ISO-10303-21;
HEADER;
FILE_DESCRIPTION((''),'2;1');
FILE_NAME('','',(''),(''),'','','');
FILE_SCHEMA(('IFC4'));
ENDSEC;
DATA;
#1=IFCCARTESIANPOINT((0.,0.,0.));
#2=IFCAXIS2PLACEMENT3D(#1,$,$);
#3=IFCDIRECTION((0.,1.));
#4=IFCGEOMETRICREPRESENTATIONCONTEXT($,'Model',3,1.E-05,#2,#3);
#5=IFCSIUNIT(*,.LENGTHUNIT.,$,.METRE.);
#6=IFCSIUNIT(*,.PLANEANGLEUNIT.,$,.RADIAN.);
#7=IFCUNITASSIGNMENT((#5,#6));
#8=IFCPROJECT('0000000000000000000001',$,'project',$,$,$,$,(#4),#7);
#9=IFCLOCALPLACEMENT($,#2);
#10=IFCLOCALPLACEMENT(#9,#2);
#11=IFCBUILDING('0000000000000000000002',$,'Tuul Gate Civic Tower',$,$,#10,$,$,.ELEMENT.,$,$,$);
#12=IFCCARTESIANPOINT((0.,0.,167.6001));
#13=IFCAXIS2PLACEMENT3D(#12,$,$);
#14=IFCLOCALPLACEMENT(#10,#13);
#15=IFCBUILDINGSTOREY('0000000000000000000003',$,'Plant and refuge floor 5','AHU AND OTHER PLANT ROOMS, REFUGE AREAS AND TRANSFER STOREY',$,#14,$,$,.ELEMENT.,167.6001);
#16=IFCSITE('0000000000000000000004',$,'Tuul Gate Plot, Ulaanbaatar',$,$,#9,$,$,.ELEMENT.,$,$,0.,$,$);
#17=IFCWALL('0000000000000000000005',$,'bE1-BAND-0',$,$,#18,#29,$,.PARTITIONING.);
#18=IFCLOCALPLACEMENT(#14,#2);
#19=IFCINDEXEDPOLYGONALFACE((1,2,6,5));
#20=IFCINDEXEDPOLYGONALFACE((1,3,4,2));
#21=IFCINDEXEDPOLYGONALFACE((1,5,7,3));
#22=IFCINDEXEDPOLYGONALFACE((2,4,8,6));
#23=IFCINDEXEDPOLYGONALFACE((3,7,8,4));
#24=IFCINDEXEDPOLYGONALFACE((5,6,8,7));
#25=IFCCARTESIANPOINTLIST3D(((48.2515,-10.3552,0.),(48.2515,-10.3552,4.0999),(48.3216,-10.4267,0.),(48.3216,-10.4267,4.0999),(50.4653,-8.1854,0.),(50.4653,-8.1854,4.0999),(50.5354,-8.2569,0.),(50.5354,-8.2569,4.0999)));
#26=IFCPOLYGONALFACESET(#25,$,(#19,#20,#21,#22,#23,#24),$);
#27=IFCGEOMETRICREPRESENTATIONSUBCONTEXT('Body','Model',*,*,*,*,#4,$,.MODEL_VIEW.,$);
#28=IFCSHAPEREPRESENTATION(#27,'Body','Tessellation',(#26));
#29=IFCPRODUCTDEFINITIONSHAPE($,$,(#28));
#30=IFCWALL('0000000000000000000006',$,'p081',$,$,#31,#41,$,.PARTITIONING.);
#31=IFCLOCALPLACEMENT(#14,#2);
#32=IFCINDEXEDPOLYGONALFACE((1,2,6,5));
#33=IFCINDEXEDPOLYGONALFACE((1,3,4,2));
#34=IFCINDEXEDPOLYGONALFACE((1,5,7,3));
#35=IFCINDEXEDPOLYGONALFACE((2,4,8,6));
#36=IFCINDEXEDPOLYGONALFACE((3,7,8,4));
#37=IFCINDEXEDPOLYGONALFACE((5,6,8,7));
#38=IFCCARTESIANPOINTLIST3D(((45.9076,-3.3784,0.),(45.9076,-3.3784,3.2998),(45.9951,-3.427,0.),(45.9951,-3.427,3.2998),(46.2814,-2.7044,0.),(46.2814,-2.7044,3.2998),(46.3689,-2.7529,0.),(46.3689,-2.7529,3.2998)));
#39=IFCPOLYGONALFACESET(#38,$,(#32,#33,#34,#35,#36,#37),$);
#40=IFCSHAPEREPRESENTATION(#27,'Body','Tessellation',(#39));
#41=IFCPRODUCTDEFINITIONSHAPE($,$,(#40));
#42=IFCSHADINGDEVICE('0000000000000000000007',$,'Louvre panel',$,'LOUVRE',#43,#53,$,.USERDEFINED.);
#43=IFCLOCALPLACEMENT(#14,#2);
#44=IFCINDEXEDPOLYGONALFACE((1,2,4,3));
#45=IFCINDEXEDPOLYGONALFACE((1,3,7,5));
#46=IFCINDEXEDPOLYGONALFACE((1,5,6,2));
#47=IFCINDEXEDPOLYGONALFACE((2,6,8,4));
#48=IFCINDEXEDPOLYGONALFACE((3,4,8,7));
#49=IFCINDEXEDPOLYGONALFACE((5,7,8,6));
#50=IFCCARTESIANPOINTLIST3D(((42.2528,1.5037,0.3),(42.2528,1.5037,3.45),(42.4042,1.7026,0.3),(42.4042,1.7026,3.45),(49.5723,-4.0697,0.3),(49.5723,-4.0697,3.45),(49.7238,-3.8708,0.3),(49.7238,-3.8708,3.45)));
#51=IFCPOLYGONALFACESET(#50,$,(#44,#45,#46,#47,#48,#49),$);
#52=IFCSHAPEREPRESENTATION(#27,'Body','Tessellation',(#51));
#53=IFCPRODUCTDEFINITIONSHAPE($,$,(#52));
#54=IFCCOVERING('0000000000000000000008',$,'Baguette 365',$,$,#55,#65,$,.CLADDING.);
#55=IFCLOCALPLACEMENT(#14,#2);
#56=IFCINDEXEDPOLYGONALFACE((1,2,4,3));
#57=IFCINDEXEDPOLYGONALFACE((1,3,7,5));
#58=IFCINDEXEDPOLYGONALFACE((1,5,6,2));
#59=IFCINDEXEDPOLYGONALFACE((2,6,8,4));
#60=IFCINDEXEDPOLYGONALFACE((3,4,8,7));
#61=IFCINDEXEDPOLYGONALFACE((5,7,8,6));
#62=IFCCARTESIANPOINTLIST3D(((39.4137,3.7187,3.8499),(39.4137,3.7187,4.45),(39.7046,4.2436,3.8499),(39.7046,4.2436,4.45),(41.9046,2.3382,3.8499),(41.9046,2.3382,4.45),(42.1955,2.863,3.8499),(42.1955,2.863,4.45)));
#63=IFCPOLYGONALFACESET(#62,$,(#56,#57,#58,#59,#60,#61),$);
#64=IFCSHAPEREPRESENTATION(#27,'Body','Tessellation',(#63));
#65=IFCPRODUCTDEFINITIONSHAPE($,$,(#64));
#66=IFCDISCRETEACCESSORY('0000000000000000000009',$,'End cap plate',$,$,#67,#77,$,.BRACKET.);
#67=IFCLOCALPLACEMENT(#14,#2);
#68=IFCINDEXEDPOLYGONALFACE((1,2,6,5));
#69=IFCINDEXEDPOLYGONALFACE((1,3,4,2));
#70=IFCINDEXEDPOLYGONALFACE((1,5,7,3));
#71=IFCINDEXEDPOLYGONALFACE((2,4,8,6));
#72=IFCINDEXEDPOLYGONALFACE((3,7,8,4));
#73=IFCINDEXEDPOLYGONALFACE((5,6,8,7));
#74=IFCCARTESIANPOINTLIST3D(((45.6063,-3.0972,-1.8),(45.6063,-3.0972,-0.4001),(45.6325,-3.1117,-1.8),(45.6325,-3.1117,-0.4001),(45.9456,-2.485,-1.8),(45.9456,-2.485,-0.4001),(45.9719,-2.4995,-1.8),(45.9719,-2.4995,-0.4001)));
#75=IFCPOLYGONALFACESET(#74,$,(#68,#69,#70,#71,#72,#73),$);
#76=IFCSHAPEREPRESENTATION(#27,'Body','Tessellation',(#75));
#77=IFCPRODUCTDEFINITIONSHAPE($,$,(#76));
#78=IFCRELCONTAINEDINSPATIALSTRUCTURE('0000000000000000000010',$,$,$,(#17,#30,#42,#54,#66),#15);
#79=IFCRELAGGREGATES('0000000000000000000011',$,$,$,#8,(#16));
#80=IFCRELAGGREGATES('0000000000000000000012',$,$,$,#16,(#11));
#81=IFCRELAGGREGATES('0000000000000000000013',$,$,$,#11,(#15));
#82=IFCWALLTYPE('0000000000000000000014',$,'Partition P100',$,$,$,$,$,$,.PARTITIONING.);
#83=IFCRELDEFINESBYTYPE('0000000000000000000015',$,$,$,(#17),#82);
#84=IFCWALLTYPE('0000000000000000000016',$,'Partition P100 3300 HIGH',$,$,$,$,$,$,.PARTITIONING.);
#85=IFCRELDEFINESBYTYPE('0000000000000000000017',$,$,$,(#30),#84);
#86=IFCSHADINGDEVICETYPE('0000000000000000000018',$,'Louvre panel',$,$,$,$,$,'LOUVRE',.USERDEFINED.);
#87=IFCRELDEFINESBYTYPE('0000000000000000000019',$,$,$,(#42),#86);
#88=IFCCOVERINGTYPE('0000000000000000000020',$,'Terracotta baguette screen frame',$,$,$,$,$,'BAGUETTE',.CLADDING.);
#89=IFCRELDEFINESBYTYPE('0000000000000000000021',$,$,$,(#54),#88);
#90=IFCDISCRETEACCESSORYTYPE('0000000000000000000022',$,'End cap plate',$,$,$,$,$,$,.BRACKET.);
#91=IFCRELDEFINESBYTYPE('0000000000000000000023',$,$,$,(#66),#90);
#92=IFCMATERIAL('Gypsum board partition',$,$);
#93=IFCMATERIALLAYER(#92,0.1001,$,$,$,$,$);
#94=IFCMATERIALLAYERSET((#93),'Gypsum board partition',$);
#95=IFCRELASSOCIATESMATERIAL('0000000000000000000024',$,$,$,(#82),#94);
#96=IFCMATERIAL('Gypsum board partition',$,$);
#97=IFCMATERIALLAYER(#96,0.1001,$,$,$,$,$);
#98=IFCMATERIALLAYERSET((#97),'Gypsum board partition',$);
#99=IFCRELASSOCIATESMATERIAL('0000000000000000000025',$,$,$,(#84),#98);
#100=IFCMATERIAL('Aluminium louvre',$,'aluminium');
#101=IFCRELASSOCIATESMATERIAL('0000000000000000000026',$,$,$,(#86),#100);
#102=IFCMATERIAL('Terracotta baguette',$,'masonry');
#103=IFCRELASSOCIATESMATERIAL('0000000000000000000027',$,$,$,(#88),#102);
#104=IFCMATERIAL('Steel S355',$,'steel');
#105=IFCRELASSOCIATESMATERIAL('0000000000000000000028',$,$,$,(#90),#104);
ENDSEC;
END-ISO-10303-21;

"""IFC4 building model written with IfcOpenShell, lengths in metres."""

from ifc_helpers import new_model, si_unit, direction, frame, frame_2d, origin, origin_2d, place, context, subcontext, project, spatial, rectangle, extrude, material, layer, layer_set, material_profile, profile_set, type_object, element, save


model = new_model("IFC4")

# Units and contexts
model_context = context("Model", 3, precision=1e-05, world=origin(), true_north=direction((0.0, 1.0)))
body_context = subcontext(model_context, "Body", "Model", "MODEL_VIEW")
ifc_project = project(units=[si_unit("LENGTHUNIT", "METRE"), si_unit("PLANEANGLEUNIT", "RADIAN")], contexts=[model_context])

# Site, building, storey
site_placement = place(None, origin())
site = spatial("IfcSite", under=ifc_project, at=site_placement, Name="Tuul Gate Plot, Ulaanbaatar", CompositionType="ELEMENT", RefElevation=0.0)
building_placement = place(site_placement, origin())
building = spatial("IfcBuilding", under=site, at=building_placement, Name="Tuul Gate Civic Tower", CompositionType="ELEMENT")
storey_placement = place(building_placement, frame((0.0, 0.0, 167.6001)))
storey = spatial("IfcBuildingStorey", under=building, at=storey_placement, Name="Plant and refuge floor 5", Description="AHU AND OTHER PLANT ROOMS, REFUGE AREAS AND TRANSFER STOREY", CompositionType="ELEMENT", Elevation=167.6001)

# Walls
ifc_material_1 = material(Name="Gypsum board partition")
ifc_layer_1 = layer(ifc_material_1, 0.1001)
ifc_layer_set_1 = layer_set([ifc_layer_1], Name="Gypsum board partition")
wall_type_1 = type_object("IfcWallType", Name="Partition P100", PredefinedType="PARTITIONING", material=ifc_layer_set_1)
wall_1_placement = place(storey_placement, frame((48.2866, -10.3909, 0.0), z_axis=(0.0, 0.0, 1.0), x_axis=(0.714159, 0.699983, 0.0)))
element("IfcWall", 1, at=wall_1_placement, inside=storey, type_object=wall_type_1, Name="bE1-BAND-0", PredefinedType="PARTITIONING", context=body_context, shape_type="SweptSolid", body=[
    extrude(rectangle(XDim=3.0999, YDim=0.1001, at=frame_2d((1.5498, 0.0))), origin(), (0.0, 0.0, 1.0), 4.0999),
])
ifc_material_2 = material(Name="Gypsum board partition")
ifc_layer_2 = layer(ifc_material_2, 0.1001)
ifc_layer_set_2 = layer_set([ifc_layer_2], Name="Gypsum board partition")
wall_type_2 = type_object("IfcWallType", Name="Partition P100 3300 HIGH", PredefinedType="PARTITIONING", material=ifc_layer_set_2)
wall_2_placement = place(storey_placement, frame((45.9514, -3.4026, 0.0), z_axis=(0.0, 0.0, 1.0), x_axis=(0.484944, 0.874545, 0.0)))
element("IfcWall", 2, at=wall_2_placement, inside=storey, type_object=wall_type_2, Name="p081", PredefinedType="PARTITIONING", context=body_context, shape_type="SweptSolid", body=[
    extrude(rectangle(XDim=0.7708, YDim=0.1001, at=frame_2d((0.3853, 0.0))), origin(), (0.0, 0.0, 1.0), 3.2998),
])

# Shading device
ifc_material_3 = material(Name="Aluminium louvre", Category="aluminium")
shading_device_type = type_object("IfcShadingDeviceType", Name="Louvre panel", ElementType="LOUVRE", PredefinedType="USERDEFINED", material=ifc_material_3)
shading_device_placement = place(storey_placement, frame((45.9883, -1.1836, 0.3), z_axis=(0.0, 0.0, 1.0), x_axis=(0.605808, 0.795611, 0.0)))
element("IfcShadingDevice", 3, at=shading_device_placement, inside=storey, type_object=shading_device_type, Name="Louvre panel", ObjectType="LOUVRE", PredefinedType="USERDEFINED", context=body_context, shape_type="SweptSolid", body=[
    extrude(rectangle(XDim=0.25, YDim=9.2, at=origin_2d()), origin(), (0.0, 0.0, 1.0), 3.1499),
])

# Covering
ifc_material_4 = material(Name="Terracotta baguette", Category="masonry")
ifc_material_profile_1 = material_profile(ifc_material_4, rectangle(XDim=0.6001, YDim=0.6001, at=origin_2d()), Name="Terracotta baguette screen frame")
ifc_profile_set_1 = profile_set([ifc_material_profile_1], Name="Terracotta baguette")
covering_type = type_object("IfcCoveringType", Name="Terracotta baguette screen frame", ElementType="BAGUETTE", PredefinedType="CLADDING", material=ifc_profile_set_1)
covering_placement = place(storey_placement, frame((42.05, 2.6006, 4.1499), z_axis=(-0.874642, 0.484769, 0.0), x_axis=(-0.484769, -0.874642, 0.0)))
element("IfcCovering", 4, at=covering_placement, inside=storey, type_object=covering_type, Name="Baguette 365", PredefinedType="CLADDING", context=body_context, shape_type="SweptSolid", body=[
    extrude(rectangle(XDim=0.6001, YDim=0.6001, at=origin_2d()), origin(), (0.0, 0.0, 1.0), 2.8479),
])

# Discrete accessory
ifc_material_5 = material(Name="Steel S355", Category="steel")
discrete_accessory_type = type_object("IfcDiscreteAccessoryType", Name="End cap plate", PredefinedType="BRACKET", material=ifc_material_5)
discrete_accessory_placement = place(storey_placement, frame((45.7891, -2.7983, -1.8), z_axis=(0.0, 0.0, 1.0), x_axis=(-0.874625, 0.4848, 0.0)))
element("IfcDiscreteAccessory", 5, at=discrete_accessory_placement, inside=storey, type_object=discrete_accessory_type, Name="End cap plate", PredefinedType="BRACKET", context=body_context, shape_type="SweptSolid", body=[
    extrude(rectangle(XDim=0.03, YDim=0.7, at=origin_2d()), origin(), (0.0, 0.0, 1.0), 1.3999),
])

save(model, "model.ifc")
